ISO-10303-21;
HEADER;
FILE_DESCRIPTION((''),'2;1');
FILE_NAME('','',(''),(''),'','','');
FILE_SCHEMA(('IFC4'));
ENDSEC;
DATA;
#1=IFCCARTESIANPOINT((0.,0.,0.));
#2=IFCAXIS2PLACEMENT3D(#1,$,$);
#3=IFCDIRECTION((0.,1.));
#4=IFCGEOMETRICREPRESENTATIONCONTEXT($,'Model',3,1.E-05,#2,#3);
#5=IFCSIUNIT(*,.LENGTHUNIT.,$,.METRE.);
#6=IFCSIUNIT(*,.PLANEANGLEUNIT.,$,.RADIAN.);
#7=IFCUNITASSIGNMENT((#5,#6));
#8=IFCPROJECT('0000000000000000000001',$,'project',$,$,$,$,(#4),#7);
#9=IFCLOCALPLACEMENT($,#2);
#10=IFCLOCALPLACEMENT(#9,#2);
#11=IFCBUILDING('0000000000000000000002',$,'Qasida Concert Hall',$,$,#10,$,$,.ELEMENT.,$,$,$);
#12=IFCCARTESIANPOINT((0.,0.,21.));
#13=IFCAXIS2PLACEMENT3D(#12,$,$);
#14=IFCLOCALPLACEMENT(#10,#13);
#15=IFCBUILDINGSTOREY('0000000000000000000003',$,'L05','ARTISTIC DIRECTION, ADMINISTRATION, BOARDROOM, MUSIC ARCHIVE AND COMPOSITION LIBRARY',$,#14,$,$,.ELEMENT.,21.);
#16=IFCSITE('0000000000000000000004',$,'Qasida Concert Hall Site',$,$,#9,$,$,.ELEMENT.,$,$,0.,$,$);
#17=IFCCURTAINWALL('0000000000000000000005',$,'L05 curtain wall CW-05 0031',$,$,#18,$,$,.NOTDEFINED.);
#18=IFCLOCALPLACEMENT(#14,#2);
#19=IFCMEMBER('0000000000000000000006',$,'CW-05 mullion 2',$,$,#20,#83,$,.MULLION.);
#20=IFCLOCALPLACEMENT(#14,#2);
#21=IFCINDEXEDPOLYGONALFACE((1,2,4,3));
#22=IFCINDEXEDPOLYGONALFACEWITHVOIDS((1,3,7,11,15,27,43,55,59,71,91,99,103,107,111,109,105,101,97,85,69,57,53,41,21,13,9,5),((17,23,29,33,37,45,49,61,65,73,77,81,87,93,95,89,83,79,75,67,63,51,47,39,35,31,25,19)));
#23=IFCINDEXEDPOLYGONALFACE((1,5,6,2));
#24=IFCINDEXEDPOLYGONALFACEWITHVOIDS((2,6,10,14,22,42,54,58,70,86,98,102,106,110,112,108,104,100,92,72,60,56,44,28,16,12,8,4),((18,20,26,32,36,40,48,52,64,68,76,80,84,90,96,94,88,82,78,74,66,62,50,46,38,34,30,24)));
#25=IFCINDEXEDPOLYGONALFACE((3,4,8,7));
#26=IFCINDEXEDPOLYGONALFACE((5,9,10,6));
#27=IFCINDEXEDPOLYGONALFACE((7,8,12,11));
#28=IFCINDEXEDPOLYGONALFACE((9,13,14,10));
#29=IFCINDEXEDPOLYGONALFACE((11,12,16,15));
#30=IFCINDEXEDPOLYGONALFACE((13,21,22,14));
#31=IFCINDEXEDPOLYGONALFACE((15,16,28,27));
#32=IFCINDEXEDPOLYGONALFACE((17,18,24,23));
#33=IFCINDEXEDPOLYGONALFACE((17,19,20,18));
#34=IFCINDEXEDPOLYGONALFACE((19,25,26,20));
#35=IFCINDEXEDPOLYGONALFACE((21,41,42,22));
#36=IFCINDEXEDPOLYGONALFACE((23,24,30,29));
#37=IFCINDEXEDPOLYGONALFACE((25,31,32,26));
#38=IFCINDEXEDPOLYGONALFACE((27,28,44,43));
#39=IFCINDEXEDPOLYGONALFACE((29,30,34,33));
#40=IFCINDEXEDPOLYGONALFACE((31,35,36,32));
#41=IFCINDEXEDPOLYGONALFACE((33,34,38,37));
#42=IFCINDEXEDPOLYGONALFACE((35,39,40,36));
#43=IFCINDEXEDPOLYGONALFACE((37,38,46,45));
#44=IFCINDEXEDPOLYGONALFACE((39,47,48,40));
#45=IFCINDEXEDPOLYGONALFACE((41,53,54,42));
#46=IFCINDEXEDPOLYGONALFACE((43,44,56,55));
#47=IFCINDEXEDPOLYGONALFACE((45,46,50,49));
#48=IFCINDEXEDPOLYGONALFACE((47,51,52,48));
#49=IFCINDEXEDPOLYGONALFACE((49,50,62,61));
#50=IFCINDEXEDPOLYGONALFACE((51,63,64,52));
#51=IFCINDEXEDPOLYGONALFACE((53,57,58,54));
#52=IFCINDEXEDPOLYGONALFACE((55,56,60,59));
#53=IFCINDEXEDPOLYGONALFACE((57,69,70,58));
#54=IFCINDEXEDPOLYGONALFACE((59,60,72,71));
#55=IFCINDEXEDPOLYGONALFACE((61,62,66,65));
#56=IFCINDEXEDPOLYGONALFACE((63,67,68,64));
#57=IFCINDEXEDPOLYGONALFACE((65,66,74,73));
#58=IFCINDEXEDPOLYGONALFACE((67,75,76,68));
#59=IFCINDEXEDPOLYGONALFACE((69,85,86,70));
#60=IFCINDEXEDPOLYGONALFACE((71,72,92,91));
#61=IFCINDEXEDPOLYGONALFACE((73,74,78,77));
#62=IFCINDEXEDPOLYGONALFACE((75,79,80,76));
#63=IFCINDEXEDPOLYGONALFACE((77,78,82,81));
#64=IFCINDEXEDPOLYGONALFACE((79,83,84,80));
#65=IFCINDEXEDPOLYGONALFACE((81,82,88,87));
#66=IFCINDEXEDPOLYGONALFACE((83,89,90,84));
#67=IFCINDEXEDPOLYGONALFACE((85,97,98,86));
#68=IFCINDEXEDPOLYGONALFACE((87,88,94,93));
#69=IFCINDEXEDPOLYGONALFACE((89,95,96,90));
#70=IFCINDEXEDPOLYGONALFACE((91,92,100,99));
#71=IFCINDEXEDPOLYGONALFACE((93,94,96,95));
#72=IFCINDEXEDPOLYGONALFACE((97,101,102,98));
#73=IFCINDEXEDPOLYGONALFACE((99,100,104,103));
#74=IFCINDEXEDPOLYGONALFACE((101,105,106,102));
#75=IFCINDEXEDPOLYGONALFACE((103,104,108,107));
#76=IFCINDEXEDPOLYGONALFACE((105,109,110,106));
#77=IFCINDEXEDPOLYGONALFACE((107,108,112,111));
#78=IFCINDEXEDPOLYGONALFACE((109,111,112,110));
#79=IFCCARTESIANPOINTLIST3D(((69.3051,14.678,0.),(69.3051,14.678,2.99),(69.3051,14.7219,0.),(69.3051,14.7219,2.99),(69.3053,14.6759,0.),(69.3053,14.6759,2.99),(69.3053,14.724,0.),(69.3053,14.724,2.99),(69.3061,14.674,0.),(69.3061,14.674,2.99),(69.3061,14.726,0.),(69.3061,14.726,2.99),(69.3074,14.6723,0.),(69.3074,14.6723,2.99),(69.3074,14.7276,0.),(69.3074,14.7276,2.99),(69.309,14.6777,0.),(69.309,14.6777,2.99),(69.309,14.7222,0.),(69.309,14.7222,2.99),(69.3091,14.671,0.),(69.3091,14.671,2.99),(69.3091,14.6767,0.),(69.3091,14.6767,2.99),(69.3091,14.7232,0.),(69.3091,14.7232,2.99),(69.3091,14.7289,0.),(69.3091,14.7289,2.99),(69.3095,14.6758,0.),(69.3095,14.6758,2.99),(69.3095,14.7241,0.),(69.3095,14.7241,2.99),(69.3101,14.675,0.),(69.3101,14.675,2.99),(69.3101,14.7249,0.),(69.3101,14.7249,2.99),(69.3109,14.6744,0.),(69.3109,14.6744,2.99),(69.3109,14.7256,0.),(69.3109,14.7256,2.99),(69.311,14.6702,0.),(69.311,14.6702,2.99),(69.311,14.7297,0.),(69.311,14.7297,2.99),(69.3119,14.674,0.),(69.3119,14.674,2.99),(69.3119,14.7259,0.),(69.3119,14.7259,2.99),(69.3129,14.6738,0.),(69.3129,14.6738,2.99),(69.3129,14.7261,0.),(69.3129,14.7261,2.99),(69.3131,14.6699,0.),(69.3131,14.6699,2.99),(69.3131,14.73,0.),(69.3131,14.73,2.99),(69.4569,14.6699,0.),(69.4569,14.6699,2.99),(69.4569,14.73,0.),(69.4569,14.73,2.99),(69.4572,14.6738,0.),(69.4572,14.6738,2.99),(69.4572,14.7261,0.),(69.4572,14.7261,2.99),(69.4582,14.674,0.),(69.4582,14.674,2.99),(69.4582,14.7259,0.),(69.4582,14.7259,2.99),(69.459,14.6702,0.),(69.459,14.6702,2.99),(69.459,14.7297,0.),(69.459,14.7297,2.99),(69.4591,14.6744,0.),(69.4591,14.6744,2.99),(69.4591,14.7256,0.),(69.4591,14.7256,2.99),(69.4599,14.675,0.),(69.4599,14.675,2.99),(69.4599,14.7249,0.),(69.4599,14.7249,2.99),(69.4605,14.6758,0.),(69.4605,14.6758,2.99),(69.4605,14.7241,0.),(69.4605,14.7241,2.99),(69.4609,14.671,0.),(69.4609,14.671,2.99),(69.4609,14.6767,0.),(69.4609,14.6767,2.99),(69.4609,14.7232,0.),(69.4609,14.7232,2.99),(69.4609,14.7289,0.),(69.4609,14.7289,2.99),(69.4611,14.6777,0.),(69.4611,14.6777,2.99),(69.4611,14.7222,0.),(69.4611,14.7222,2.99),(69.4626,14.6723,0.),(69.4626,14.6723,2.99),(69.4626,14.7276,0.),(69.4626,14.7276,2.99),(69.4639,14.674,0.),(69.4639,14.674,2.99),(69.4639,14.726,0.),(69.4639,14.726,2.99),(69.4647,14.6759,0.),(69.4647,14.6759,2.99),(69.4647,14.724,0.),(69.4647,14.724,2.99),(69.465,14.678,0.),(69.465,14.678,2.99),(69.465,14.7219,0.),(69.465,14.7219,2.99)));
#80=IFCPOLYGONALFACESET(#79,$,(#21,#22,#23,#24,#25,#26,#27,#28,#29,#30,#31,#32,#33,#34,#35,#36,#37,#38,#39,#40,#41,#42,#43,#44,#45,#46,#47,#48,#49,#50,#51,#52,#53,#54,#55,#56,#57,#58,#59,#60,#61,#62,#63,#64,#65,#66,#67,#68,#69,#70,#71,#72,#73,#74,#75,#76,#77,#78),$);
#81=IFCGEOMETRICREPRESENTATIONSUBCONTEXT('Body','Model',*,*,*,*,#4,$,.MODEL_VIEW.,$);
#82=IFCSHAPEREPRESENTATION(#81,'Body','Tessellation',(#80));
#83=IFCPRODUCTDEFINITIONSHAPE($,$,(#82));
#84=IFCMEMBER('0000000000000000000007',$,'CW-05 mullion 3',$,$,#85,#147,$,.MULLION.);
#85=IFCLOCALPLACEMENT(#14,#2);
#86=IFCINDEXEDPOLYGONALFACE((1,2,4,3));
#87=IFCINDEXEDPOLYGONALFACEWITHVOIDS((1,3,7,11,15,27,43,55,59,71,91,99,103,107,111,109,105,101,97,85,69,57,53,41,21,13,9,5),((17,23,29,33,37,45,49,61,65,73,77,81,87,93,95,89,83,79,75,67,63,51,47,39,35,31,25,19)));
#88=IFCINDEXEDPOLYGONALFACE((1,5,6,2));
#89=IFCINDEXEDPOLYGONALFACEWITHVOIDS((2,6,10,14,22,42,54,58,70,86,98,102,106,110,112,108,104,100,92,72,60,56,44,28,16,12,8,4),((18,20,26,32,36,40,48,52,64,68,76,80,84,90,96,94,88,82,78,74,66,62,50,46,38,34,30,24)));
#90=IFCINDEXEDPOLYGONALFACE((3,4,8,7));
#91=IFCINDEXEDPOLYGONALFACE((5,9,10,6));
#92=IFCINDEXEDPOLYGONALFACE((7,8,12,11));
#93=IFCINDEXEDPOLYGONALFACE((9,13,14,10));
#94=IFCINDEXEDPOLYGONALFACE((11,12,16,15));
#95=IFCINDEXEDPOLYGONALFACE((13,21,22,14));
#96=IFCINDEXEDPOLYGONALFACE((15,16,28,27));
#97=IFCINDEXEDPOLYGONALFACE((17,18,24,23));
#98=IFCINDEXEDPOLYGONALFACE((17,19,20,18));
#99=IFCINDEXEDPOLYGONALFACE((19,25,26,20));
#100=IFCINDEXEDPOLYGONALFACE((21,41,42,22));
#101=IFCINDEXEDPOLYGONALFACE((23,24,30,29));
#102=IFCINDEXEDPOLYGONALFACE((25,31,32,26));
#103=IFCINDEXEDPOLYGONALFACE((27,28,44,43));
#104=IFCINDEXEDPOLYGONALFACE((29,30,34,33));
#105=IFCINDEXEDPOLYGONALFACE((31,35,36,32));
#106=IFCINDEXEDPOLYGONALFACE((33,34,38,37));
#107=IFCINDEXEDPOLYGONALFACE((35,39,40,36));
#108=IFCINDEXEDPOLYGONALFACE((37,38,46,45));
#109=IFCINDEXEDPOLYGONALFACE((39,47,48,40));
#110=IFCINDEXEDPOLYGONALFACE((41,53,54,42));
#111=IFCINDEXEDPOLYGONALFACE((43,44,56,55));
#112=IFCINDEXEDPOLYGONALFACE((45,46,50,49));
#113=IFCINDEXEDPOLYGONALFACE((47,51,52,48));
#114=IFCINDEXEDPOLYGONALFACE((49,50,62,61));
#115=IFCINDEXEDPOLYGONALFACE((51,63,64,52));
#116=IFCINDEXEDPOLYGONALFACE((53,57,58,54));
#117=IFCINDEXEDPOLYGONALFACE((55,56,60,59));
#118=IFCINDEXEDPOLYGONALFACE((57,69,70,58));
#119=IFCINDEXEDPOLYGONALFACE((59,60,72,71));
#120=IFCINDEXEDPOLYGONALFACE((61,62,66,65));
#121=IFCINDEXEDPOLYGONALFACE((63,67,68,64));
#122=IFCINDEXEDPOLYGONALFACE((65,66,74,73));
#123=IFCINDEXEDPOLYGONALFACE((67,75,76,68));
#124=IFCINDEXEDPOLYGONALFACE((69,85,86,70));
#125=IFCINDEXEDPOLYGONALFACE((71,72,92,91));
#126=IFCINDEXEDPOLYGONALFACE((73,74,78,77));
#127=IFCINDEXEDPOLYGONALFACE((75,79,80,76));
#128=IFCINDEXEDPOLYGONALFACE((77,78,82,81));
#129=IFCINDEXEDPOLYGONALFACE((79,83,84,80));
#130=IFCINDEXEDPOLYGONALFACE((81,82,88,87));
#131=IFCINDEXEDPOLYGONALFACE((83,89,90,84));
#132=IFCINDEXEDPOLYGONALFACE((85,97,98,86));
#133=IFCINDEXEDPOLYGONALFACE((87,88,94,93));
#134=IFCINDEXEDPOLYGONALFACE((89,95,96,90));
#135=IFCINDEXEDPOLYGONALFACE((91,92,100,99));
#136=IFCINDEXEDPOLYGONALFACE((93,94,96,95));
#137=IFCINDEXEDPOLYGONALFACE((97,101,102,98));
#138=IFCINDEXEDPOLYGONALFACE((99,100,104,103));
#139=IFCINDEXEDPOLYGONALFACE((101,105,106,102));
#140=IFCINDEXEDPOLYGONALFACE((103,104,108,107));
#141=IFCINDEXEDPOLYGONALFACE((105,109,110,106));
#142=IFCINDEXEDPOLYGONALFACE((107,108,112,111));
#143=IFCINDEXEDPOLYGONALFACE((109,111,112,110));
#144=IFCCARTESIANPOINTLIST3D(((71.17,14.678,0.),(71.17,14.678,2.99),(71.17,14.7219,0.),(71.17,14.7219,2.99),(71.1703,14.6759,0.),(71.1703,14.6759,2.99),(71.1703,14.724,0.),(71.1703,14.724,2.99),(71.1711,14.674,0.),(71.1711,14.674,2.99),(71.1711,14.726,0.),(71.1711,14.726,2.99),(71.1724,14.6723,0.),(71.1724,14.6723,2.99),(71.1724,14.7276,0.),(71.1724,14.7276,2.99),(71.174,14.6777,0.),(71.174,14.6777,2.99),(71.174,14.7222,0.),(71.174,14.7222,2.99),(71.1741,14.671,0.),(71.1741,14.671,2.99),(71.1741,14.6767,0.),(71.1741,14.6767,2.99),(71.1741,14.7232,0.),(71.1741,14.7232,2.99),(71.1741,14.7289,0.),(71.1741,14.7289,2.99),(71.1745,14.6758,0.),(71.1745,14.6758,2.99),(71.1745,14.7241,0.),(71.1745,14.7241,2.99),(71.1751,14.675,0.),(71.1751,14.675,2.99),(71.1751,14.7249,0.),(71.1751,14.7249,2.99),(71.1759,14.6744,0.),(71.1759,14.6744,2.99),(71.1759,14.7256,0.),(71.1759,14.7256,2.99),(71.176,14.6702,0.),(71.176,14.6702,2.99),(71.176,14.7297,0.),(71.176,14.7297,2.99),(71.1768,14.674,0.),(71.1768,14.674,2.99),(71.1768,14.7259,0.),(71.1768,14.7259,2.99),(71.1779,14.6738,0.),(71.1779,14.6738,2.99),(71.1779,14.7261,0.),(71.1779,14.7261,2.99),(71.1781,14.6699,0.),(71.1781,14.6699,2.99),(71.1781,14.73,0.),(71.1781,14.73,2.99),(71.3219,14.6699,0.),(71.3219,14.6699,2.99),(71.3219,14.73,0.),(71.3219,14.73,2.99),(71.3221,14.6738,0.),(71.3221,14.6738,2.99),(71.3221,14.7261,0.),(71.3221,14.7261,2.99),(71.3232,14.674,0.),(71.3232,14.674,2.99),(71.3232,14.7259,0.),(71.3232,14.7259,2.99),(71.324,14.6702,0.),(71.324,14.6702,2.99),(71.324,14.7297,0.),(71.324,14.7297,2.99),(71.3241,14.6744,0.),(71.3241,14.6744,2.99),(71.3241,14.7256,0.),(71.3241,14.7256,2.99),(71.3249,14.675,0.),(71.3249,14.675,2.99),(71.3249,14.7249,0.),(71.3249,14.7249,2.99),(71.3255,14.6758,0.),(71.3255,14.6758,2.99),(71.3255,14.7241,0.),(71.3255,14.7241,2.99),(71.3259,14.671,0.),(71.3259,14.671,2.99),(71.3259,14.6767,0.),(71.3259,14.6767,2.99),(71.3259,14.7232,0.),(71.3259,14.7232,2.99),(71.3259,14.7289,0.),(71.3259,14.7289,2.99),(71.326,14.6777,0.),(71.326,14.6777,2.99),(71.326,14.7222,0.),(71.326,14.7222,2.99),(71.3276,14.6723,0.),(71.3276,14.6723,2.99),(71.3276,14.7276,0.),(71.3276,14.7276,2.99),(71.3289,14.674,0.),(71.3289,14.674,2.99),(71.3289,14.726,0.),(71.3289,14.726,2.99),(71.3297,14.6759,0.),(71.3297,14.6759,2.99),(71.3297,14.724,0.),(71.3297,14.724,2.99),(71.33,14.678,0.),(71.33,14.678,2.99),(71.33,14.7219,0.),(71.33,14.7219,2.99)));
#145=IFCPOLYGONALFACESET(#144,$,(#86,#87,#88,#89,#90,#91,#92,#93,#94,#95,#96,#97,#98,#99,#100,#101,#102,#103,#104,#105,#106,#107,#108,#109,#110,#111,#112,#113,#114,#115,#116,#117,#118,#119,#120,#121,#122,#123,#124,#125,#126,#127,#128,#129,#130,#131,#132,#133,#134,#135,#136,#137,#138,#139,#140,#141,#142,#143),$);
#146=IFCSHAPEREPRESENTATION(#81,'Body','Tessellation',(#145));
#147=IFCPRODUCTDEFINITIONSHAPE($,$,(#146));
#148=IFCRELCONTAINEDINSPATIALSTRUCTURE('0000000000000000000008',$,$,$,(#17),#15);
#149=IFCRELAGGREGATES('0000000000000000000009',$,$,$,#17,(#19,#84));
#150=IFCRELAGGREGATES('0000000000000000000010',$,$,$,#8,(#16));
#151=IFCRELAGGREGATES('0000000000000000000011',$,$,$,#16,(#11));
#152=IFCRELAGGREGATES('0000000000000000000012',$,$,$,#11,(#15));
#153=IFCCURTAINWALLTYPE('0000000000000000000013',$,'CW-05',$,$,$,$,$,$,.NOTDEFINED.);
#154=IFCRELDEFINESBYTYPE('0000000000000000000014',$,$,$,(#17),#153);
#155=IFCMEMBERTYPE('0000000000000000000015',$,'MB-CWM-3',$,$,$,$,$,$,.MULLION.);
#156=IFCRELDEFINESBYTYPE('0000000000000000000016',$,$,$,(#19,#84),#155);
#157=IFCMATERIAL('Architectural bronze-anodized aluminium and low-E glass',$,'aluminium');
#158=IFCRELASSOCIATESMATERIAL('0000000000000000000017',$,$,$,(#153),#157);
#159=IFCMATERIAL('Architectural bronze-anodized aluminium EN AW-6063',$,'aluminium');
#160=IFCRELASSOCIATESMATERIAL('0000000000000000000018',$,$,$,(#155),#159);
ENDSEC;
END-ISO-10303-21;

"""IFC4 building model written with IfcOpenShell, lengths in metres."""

from ifc_helpers import new_model, si_unit, direction, frame, origin, origin_2d, place, context, subcontext, project, spatial, hollow_rectangle, extrude, material, material_profile, profile_set, type_object, element, aggregate, save


model = new_model("IFC4")

# Units and contexts
model_context = context("Model", 3, precision=1e-05, world=origin(), true_north=direction((0.0, 1.0)))
body_context = subcontext(model_context, "Body", "Model", "MODEL_VIEW")
ifc_project = project(units=[si_unit("LENGTHUNIT", "METRE"), si_unit("PLANEANGLEUNIT", "RADIAN")], contexts=[model_context])

# Site, building, storey
site_placement = place(None, origin())
site = spatial("IfcSite", under=ifc_project, at=site_placement, Name="Qasida Concert Hall Site", CompositionType="ELEMENT", RefElevation=0.0)
building_placement = place(site_placement, origin())
building = spatial("IfcBuilding", under=site, at=building_placement, Name="Qasida Concert Hall", CompositionType="ELEMENT")
storey_placement = place(building_placement, frame((0.0, 0.0, 21.0)))
storey = spatial("IfcBuildingStorey", under=building, at=storey_placement, Name="L05", Description="ARTISTIC DIRECTION, ADMINISTRATION, BOARDROOM, MUSIC ARCHIVE AND COMPOSITION LIBRARY", CompositionType="ELEMENT", Elevation=21.0)

# Curtain wall, members
ifc_material_1 = material(Name="Architectural bronze-anodized aluminium and low-E glass", Category="aluminium")
curtain_wall_type = type_object("IfcCurtainWallType", Name="CW-05", PredefinedType="NOTDEFINED", material=ifc_material_1)
curtain_wall_placement = place(storey_placement, origin())
curtain_wall = element("IfcCurtainWall", 1, at=curtain_wall_placement, inside=storey, type_object=curtain_wall_type, Name="L05 curtain wall CW-05 0031", PredefinedType="NOTDEFINED")
ifc_material_2 = material(Name="Architectural bronze-anodized aluminium EN AW-6063", Category="aluminium")
ifc_material_profile_1 = material_profile(ifc_material_2, hollow_rectangle(XDim=0.0601, YDim=0.1599, WallThickness=0.0039, InnerFilletRadius=0.0039, OuterFilletRadius=0.0081, at=origin_2d()), Name="CWM 160x60x4")
ifc_profile_set_1 = profile_set([ifc_material_profile_1], Name="Architectural bronze-anodized aluminium EN AW-6063")
member_type_1 = type_object("IfcMemberType", Name="MB-CWM-3", PredefinedType="MULLION", material=ifc_profile_set_1)
member_1_placement = place(storey_placement, frame((69.385, 14.7, 0.0), z_axis=(0.0, 0.0, 1.0), x_axis=(0.0, 1.0, 0.0)))
member_1 = element("IfcMember", 2, at=member_1_placement, type_object=member_type_1, Name="CW-05 mullion 2", PredefinedType="MULLION", context=body_context, shape_type="SweptSolid", body=[
    extrude(hollow_rectangle(XDim=0.0601, YDim=0.1599, WallThickness=0.0039, InnerFilletRadius=0.0039, OuterFilletRadius=0.0081, at=origin_2d()), origin(), (0.0, 0.0, 1.0), 2.99),
])
member_2_placement = place(storey_placement, frame((71.25, 14.7, 0.0), z_axis=(0.0, 0.0, 1.0), x_axis=(0.0, 1.0, 0.0)))
member_2 = element("IfcMember", 3, at=member_2_placement, type_object=member_type_1, Name="CW-05 mullion 3", PredefinedType="MULLION", context=body_context, shape_type="SweptSolid", body=[
    extrude(hollow_rectangle(XDim=0.0601, YDim=0.1599, WallThickness=0.0039, InnerFilletRadius=0.0039, OuterFilletRadius=0.0081, at=origin_2d()), origin(), (0.0, 0.0, 1.0), 2.99),
])
aggregate(curtain_wall, [member_1, member_2])

save(model, "model.ifc")
